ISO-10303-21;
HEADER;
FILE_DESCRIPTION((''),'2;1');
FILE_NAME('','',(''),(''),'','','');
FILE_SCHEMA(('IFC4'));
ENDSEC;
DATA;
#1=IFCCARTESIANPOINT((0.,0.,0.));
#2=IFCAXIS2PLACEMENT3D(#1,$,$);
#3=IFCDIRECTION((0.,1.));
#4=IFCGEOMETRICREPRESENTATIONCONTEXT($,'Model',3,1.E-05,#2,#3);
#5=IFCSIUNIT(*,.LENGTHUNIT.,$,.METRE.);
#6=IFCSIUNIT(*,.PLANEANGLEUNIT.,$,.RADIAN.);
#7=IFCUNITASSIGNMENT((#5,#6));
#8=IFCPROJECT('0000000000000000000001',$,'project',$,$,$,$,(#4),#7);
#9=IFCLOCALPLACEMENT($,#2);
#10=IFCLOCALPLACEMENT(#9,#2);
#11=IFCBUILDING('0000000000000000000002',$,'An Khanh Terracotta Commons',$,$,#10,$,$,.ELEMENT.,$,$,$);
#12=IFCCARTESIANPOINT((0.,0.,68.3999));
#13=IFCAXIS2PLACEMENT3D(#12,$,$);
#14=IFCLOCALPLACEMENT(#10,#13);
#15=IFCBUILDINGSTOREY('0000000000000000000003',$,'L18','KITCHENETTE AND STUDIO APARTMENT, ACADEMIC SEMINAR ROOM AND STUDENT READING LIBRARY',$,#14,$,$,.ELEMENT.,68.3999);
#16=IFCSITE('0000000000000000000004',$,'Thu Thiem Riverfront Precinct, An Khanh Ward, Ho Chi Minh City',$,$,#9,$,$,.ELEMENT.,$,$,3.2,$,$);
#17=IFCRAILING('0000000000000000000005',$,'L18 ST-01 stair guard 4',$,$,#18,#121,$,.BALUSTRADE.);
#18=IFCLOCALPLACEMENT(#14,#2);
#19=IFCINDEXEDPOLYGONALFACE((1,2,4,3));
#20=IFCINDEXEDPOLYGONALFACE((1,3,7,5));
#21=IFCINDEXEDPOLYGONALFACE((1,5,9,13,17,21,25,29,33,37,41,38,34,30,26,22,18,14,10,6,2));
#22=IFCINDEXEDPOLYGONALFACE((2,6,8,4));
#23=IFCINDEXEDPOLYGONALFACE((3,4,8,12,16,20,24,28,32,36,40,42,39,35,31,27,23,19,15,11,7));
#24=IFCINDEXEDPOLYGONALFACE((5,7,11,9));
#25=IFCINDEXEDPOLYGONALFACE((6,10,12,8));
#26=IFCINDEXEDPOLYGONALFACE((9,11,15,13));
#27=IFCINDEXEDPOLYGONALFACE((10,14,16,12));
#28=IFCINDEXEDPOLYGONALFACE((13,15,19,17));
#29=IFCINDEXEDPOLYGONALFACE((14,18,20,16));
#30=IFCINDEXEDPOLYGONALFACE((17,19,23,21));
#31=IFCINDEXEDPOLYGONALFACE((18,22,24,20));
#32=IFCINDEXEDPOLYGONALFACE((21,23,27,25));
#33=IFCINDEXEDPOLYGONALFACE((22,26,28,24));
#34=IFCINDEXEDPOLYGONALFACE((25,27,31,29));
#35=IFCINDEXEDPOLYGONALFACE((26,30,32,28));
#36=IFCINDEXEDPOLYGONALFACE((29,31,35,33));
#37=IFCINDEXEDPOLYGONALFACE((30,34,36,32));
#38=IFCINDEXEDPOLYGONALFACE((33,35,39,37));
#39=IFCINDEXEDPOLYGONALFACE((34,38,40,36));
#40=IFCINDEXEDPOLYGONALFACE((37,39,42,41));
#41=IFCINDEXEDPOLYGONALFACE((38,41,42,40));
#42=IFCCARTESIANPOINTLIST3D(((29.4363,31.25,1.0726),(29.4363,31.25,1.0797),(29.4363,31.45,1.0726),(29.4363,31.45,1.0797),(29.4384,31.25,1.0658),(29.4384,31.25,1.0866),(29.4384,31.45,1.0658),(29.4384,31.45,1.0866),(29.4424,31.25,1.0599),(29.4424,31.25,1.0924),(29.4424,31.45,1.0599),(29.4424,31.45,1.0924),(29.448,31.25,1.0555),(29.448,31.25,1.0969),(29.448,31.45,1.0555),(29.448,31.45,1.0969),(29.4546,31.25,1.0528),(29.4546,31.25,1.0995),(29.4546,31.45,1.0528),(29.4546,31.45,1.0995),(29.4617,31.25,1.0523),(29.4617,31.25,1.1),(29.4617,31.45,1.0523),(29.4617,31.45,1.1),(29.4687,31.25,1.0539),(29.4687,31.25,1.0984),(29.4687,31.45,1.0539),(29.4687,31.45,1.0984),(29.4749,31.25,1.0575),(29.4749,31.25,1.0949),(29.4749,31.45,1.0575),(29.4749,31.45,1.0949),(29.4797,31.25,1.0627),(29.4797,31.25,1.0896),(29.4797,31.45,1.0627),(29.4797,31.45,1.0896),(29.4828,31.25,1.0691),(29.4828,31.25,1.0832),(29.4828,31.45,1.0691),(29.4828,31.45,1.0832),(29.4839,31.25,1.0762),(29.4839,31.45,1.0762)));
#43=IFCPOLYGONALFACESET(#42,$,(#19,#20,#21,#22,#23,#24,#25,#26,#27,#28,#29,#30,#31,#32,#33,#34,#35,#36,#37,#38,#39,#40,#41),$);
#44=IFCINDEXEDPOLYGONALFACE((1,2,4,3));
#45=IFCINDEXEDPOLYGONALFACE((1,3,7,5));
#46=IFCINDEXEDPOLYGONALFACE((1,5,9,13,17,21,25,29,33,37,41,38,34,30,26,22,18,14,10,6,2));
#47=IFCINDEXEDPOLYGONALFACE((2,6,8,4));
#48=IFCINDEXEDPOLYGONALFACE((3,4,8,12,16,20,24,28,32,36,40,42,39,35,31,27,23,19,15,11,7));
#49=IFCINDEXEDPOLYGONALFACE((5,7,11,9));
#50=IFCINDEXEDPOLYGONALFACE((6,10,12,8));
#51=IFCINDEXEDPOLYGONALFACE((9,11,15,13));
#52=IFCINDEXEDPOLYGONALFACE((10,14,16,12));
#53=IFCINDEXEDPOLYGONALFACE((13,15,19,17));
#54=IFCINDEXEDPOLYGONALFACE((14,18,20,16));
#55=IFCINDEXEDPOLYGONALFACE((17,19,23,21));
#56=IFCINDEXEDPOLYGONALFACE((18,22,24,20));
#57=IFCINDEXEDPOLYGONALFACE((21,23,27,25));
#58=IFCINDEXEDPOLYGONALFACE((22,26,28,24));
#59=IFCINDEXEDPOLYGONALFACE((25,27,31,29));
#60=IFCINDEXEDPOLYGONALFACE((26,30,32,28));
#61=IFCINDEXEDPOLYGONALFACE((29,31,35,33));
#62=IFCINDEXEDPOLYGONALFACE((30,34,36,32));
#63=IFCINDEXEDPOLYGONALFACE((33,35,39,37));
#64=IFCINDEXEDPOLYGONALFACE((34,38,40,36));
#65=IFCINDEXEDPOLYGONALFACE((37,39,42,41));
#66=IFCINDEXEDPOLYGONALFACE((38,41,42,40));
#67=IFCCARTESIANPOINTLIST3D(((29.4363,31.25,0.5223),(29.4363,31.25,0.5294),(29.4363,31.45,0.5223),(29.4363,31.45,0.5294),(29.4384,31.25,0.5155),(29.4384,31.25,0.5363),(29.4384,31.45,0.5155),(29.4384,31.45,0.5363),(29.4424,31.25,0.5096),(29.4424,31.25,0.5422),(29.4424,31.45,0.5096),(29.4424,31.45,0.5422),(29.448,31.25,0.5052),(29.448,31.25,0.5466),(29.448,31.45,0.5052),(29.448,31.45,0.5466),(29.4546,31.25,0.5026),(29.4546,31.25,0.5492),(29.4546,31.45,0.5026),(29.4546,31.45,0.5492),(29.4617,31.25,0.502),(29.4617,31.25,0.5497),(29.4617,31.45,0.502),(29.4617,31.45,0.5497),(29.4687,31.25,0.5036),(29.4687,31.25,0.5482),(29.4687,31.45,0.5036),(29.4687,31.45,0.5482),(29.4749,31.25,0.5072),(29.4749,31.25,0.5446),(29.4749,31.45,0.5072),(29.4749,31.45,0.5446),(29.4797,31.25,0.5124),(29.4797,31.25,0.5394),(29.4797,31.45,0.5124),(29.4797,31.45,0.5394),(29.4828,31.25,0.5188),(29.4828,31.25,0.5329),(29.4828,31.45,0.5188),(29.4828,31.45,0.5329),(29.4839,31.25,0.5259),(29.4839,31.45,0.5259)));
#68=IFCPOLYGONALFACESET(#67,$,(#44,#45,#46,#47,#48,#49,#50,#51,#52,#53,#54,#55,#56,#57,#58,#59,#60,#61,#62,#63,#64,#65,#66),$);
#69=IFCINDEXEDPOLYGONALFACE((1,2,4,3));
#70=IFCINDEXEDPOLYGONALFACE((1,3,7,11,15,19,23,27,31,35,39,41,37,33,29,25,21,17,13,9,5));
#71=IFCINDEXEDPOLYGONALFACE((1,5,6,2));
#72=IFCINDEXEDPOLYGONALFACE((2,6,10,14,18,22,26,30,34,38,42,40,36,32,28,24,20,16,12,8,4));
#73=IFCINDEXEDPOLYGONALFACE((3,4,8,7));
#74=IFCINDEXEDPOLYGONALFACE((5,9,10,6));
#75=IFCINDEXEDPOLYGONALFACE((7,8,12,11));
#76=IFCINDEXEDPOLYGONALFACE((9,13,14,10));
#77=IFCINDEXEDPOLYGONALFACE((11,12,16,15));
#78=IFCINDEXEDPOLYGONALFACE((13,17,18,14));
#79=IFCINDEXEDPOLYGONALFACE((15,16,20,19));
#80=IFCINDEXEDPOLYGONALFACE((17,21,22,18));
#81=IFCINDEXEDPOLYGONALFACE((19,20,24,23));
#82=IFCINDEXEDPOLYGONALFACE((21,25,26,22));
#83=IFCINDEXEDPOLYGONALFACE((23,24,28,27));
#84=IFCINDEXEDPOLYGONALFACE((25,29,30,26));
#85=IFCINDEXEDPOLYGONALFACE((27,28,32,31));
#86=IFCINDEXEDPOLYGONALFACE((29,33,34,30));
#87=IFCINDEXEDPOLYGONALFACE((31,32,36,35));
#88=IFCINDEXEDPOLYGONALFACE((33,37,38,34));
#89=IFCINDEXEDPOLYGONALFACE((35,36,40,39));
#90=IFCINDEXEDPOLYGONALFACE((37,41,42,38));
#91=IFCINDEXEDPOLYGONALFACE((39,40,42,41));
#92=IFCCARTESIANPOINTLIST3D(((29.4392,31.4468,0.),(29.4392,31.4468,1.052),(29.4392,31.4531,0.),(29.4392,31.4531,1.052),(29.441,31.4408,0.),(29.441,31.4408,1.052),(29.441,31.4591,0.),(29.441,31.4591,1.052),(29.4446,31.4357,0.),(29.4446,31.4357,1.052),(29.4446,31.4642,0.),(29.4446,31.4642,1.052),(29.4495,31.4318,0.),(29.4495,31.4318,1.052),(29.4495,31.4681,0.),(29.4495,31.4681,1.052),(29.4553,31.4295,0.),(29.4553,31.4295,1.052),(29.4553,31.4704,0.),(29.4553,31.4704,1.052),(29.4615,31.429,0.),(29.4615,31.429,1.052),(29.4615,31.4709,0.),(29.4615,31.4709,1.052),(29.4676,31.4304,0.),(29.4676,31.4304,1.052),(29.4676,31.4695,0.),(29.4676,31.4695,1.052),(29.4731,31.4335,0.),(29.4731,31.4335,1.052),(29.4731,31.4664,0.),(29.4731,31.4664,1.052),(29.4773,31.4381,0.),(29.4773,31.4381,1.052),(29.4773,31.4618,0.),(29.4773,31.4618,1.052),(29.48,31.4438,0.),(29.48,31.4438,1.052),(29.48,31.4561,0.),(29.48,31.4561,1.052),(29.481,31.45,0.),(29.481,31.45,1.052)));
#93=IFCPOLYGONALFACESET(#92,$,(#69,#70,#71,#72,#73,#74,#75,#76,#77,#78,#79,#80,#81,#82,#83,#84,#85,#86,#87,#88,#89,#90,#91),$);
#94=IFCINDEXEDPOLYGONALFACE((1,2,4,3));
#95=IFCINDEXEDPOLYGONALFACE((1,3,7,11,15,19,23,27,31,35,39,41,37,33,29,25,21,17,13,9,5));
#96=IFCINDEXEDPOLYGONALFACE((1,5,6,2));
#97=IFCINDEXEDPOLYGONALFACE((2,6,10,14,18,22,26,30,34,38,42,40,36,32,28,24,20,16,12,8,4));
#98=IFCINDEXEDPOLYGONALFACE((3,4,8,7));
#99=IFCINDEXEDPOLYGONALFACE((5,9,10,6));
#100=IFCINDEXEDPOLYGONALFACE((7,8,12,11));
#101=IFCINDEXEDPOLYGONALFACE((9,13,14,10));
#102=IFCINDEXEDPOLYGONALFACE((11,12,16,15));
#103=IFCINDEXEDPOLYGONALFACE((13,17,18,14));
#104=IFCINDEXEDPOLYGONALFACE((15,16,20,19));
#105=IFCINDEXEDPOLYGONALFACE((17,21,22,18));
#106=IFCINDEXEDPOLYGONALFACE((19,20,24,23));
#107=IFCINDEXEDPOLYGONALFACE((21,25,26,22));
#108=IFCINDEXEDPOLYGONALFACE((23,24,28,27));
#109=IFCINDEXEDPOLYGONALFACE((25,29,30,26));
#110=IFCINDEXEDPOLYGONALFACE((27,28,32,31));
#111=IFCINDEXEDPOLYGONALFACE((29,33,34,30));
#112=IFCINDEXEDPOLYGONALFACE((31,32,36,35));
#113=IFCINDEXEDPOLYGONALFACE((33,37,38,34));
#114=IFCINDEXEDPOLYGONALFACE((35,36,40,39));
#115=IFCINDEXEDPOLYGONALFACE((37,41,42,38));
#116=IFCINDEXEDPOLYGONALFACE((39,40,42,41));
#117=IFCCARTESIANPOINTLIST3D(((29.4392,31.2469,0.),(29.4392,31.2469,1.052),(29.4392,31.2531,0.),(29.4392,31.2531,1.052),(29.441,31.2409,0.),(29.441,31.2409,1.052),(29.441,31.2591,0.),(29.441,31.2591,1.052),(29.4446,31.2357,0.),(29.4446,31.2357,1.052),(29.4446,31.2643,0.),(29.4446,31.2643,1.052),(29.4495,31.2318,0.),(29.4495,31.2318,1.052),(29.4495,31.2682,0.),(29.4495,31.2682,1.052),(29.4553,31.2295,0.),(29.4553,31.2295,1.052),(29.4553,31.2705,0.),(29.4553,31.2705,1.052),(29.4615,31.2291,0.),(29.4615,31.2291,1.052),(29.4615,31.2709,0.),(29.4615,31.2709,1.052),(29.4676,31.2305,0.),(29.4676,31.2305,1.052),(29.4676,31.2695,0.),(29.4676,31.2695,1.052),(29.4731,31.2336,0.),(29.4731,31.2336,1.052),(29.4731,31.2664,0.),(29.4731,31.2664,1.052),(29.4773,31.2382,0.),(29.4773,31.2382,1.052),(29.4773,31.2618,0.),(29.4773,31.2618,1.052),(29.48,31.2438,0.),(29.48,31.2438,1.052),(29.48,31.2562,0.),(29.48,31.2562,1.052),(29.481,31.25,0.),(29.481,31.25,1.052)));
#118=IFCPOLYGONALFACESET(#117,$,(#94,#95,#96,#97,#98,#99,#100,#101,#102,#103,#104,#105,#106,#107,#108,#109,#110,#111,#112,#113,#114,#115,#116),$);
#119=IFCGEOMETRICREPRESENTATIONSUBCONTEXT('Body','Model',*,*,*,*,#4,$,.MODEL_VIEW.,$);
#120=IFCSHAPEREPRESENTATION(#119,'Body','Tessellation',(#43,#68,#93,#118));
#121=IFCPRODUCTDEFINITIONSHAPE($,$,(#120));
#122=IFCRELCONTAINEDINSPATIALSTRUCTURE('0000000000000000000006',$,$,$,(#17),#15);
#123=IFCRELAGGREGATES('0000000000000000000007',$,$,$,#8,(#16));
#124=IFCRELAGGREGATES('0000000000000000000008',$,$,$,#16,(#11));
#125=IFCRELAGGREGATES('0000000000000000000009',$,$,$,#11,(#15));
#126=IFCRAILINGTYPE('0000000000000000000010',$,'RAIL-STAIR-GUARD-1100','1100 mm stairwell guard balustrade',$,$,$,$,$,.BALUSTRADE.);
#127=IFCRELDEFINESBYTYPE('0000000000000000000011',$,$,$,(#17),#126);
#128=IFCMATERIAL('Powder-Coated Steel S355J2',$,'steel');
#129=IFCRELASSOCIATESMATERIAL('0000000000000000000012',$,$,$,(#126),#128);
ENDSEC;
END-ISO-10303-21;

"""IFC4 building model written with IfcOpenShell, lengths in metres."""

from ifc_helpers import new_model, si_unit, direction, frame, origin, origin_2d, place, context, subcontext, project, spatial, circle, extrude, material, type_object, element, save


model = new_model("IFC4")

# Units and contexts
model_context = context("Model", 3, precision=1e-05, world=origin(), true_north=direction((0.0, 1.0)))
body_context = subcontext(model_context, "Body", "Model", "MODEL_VIEW")
ifc_project = project(units=[si_unit("LENGTHUNIT", "METRE"), si_unit("PLANEANGLEUNIT", "RADIAN")], contexts=[model_context])

# Site, building, storey
site_placement = place(None, origin())
site = spatial("IfcSite", under=ifc_project, at=site_placement, Name="Thu Thiem Riverfront Precinct, An Khanh Ward, Ho Chi Minh City", CompositionType="ELEMENT", RefElevation=3.2)
building_placement = place(site_placement, origin())
building = spatial("IfcBuilding", under=site, at=building_placement, Name="An Khanh Terracotta Commons", CompositionType="ELEMENT")
storey_placement = place(building_placement, frame((0.0, 0.0, 68.3999)))
storey = spatial("IfcBuildingStorey", under=building, at=storey_placement, Name="L18", Description="KITCHENETTE AND STUDIO APARTMENT, ACADEMIC SEMINAR ROOM AND STUDENT READING LIBRARY", CompositionType="ELEMENT", Elevation=68.3999)

# Railing
ifc_material_1 = material(Name="Powder-Coated Steel S355J2", Category="steel")
railing_type_1 = type_object("IfcRailingType", Name="RAIL-STAIR-GUARD-1100", Description="1100 mm stairwell guard balustrade", PredefinedType="BALUSTRADE", material=ifc_material_1)
railing_1_placement = place(storey_placement, frame((29.46, 31.45, 0.0)))
element("IfcRailing", 1, at=railing_1_placement, inside=storey, type_object=railing_type_1, Name="L18 ST-01 stair guard 4", PredefinedType="BALUSTRADE", context=body_context, shape_type="SweptSolid", body=[
    extrude(circle(Radius=0.0239, at=origin_2d()), frame((0.0, 0.0, 1.0762), z_axis=(0.0, -1.0, 0.0), x_axis=(1.0, 0.0, 0.0)), (0.0, 0.0, 1.0), 0.2),
    extrude(circle(Radius=0.0239, at=origin_2d()), frame((0.0, 0.0, 0.5259), z_axis=(0.0, -1.0, 0.0), x_axis=(1.0, 0.0, 0.0)), (0.0, 0.0, 1.0), 0.2),
    extrude(circle(Radius=0.021, at=origin_2d()), origin(), (0.0, 0.0, 1.0), 1.052),
    extrude(circle(Radius=0.021, at=origin_2d()), frame((0.0, -0.2, 0.0)), (0.0, 0.0, 1.0), 1.052),
])

save(model, "model.ifc")
